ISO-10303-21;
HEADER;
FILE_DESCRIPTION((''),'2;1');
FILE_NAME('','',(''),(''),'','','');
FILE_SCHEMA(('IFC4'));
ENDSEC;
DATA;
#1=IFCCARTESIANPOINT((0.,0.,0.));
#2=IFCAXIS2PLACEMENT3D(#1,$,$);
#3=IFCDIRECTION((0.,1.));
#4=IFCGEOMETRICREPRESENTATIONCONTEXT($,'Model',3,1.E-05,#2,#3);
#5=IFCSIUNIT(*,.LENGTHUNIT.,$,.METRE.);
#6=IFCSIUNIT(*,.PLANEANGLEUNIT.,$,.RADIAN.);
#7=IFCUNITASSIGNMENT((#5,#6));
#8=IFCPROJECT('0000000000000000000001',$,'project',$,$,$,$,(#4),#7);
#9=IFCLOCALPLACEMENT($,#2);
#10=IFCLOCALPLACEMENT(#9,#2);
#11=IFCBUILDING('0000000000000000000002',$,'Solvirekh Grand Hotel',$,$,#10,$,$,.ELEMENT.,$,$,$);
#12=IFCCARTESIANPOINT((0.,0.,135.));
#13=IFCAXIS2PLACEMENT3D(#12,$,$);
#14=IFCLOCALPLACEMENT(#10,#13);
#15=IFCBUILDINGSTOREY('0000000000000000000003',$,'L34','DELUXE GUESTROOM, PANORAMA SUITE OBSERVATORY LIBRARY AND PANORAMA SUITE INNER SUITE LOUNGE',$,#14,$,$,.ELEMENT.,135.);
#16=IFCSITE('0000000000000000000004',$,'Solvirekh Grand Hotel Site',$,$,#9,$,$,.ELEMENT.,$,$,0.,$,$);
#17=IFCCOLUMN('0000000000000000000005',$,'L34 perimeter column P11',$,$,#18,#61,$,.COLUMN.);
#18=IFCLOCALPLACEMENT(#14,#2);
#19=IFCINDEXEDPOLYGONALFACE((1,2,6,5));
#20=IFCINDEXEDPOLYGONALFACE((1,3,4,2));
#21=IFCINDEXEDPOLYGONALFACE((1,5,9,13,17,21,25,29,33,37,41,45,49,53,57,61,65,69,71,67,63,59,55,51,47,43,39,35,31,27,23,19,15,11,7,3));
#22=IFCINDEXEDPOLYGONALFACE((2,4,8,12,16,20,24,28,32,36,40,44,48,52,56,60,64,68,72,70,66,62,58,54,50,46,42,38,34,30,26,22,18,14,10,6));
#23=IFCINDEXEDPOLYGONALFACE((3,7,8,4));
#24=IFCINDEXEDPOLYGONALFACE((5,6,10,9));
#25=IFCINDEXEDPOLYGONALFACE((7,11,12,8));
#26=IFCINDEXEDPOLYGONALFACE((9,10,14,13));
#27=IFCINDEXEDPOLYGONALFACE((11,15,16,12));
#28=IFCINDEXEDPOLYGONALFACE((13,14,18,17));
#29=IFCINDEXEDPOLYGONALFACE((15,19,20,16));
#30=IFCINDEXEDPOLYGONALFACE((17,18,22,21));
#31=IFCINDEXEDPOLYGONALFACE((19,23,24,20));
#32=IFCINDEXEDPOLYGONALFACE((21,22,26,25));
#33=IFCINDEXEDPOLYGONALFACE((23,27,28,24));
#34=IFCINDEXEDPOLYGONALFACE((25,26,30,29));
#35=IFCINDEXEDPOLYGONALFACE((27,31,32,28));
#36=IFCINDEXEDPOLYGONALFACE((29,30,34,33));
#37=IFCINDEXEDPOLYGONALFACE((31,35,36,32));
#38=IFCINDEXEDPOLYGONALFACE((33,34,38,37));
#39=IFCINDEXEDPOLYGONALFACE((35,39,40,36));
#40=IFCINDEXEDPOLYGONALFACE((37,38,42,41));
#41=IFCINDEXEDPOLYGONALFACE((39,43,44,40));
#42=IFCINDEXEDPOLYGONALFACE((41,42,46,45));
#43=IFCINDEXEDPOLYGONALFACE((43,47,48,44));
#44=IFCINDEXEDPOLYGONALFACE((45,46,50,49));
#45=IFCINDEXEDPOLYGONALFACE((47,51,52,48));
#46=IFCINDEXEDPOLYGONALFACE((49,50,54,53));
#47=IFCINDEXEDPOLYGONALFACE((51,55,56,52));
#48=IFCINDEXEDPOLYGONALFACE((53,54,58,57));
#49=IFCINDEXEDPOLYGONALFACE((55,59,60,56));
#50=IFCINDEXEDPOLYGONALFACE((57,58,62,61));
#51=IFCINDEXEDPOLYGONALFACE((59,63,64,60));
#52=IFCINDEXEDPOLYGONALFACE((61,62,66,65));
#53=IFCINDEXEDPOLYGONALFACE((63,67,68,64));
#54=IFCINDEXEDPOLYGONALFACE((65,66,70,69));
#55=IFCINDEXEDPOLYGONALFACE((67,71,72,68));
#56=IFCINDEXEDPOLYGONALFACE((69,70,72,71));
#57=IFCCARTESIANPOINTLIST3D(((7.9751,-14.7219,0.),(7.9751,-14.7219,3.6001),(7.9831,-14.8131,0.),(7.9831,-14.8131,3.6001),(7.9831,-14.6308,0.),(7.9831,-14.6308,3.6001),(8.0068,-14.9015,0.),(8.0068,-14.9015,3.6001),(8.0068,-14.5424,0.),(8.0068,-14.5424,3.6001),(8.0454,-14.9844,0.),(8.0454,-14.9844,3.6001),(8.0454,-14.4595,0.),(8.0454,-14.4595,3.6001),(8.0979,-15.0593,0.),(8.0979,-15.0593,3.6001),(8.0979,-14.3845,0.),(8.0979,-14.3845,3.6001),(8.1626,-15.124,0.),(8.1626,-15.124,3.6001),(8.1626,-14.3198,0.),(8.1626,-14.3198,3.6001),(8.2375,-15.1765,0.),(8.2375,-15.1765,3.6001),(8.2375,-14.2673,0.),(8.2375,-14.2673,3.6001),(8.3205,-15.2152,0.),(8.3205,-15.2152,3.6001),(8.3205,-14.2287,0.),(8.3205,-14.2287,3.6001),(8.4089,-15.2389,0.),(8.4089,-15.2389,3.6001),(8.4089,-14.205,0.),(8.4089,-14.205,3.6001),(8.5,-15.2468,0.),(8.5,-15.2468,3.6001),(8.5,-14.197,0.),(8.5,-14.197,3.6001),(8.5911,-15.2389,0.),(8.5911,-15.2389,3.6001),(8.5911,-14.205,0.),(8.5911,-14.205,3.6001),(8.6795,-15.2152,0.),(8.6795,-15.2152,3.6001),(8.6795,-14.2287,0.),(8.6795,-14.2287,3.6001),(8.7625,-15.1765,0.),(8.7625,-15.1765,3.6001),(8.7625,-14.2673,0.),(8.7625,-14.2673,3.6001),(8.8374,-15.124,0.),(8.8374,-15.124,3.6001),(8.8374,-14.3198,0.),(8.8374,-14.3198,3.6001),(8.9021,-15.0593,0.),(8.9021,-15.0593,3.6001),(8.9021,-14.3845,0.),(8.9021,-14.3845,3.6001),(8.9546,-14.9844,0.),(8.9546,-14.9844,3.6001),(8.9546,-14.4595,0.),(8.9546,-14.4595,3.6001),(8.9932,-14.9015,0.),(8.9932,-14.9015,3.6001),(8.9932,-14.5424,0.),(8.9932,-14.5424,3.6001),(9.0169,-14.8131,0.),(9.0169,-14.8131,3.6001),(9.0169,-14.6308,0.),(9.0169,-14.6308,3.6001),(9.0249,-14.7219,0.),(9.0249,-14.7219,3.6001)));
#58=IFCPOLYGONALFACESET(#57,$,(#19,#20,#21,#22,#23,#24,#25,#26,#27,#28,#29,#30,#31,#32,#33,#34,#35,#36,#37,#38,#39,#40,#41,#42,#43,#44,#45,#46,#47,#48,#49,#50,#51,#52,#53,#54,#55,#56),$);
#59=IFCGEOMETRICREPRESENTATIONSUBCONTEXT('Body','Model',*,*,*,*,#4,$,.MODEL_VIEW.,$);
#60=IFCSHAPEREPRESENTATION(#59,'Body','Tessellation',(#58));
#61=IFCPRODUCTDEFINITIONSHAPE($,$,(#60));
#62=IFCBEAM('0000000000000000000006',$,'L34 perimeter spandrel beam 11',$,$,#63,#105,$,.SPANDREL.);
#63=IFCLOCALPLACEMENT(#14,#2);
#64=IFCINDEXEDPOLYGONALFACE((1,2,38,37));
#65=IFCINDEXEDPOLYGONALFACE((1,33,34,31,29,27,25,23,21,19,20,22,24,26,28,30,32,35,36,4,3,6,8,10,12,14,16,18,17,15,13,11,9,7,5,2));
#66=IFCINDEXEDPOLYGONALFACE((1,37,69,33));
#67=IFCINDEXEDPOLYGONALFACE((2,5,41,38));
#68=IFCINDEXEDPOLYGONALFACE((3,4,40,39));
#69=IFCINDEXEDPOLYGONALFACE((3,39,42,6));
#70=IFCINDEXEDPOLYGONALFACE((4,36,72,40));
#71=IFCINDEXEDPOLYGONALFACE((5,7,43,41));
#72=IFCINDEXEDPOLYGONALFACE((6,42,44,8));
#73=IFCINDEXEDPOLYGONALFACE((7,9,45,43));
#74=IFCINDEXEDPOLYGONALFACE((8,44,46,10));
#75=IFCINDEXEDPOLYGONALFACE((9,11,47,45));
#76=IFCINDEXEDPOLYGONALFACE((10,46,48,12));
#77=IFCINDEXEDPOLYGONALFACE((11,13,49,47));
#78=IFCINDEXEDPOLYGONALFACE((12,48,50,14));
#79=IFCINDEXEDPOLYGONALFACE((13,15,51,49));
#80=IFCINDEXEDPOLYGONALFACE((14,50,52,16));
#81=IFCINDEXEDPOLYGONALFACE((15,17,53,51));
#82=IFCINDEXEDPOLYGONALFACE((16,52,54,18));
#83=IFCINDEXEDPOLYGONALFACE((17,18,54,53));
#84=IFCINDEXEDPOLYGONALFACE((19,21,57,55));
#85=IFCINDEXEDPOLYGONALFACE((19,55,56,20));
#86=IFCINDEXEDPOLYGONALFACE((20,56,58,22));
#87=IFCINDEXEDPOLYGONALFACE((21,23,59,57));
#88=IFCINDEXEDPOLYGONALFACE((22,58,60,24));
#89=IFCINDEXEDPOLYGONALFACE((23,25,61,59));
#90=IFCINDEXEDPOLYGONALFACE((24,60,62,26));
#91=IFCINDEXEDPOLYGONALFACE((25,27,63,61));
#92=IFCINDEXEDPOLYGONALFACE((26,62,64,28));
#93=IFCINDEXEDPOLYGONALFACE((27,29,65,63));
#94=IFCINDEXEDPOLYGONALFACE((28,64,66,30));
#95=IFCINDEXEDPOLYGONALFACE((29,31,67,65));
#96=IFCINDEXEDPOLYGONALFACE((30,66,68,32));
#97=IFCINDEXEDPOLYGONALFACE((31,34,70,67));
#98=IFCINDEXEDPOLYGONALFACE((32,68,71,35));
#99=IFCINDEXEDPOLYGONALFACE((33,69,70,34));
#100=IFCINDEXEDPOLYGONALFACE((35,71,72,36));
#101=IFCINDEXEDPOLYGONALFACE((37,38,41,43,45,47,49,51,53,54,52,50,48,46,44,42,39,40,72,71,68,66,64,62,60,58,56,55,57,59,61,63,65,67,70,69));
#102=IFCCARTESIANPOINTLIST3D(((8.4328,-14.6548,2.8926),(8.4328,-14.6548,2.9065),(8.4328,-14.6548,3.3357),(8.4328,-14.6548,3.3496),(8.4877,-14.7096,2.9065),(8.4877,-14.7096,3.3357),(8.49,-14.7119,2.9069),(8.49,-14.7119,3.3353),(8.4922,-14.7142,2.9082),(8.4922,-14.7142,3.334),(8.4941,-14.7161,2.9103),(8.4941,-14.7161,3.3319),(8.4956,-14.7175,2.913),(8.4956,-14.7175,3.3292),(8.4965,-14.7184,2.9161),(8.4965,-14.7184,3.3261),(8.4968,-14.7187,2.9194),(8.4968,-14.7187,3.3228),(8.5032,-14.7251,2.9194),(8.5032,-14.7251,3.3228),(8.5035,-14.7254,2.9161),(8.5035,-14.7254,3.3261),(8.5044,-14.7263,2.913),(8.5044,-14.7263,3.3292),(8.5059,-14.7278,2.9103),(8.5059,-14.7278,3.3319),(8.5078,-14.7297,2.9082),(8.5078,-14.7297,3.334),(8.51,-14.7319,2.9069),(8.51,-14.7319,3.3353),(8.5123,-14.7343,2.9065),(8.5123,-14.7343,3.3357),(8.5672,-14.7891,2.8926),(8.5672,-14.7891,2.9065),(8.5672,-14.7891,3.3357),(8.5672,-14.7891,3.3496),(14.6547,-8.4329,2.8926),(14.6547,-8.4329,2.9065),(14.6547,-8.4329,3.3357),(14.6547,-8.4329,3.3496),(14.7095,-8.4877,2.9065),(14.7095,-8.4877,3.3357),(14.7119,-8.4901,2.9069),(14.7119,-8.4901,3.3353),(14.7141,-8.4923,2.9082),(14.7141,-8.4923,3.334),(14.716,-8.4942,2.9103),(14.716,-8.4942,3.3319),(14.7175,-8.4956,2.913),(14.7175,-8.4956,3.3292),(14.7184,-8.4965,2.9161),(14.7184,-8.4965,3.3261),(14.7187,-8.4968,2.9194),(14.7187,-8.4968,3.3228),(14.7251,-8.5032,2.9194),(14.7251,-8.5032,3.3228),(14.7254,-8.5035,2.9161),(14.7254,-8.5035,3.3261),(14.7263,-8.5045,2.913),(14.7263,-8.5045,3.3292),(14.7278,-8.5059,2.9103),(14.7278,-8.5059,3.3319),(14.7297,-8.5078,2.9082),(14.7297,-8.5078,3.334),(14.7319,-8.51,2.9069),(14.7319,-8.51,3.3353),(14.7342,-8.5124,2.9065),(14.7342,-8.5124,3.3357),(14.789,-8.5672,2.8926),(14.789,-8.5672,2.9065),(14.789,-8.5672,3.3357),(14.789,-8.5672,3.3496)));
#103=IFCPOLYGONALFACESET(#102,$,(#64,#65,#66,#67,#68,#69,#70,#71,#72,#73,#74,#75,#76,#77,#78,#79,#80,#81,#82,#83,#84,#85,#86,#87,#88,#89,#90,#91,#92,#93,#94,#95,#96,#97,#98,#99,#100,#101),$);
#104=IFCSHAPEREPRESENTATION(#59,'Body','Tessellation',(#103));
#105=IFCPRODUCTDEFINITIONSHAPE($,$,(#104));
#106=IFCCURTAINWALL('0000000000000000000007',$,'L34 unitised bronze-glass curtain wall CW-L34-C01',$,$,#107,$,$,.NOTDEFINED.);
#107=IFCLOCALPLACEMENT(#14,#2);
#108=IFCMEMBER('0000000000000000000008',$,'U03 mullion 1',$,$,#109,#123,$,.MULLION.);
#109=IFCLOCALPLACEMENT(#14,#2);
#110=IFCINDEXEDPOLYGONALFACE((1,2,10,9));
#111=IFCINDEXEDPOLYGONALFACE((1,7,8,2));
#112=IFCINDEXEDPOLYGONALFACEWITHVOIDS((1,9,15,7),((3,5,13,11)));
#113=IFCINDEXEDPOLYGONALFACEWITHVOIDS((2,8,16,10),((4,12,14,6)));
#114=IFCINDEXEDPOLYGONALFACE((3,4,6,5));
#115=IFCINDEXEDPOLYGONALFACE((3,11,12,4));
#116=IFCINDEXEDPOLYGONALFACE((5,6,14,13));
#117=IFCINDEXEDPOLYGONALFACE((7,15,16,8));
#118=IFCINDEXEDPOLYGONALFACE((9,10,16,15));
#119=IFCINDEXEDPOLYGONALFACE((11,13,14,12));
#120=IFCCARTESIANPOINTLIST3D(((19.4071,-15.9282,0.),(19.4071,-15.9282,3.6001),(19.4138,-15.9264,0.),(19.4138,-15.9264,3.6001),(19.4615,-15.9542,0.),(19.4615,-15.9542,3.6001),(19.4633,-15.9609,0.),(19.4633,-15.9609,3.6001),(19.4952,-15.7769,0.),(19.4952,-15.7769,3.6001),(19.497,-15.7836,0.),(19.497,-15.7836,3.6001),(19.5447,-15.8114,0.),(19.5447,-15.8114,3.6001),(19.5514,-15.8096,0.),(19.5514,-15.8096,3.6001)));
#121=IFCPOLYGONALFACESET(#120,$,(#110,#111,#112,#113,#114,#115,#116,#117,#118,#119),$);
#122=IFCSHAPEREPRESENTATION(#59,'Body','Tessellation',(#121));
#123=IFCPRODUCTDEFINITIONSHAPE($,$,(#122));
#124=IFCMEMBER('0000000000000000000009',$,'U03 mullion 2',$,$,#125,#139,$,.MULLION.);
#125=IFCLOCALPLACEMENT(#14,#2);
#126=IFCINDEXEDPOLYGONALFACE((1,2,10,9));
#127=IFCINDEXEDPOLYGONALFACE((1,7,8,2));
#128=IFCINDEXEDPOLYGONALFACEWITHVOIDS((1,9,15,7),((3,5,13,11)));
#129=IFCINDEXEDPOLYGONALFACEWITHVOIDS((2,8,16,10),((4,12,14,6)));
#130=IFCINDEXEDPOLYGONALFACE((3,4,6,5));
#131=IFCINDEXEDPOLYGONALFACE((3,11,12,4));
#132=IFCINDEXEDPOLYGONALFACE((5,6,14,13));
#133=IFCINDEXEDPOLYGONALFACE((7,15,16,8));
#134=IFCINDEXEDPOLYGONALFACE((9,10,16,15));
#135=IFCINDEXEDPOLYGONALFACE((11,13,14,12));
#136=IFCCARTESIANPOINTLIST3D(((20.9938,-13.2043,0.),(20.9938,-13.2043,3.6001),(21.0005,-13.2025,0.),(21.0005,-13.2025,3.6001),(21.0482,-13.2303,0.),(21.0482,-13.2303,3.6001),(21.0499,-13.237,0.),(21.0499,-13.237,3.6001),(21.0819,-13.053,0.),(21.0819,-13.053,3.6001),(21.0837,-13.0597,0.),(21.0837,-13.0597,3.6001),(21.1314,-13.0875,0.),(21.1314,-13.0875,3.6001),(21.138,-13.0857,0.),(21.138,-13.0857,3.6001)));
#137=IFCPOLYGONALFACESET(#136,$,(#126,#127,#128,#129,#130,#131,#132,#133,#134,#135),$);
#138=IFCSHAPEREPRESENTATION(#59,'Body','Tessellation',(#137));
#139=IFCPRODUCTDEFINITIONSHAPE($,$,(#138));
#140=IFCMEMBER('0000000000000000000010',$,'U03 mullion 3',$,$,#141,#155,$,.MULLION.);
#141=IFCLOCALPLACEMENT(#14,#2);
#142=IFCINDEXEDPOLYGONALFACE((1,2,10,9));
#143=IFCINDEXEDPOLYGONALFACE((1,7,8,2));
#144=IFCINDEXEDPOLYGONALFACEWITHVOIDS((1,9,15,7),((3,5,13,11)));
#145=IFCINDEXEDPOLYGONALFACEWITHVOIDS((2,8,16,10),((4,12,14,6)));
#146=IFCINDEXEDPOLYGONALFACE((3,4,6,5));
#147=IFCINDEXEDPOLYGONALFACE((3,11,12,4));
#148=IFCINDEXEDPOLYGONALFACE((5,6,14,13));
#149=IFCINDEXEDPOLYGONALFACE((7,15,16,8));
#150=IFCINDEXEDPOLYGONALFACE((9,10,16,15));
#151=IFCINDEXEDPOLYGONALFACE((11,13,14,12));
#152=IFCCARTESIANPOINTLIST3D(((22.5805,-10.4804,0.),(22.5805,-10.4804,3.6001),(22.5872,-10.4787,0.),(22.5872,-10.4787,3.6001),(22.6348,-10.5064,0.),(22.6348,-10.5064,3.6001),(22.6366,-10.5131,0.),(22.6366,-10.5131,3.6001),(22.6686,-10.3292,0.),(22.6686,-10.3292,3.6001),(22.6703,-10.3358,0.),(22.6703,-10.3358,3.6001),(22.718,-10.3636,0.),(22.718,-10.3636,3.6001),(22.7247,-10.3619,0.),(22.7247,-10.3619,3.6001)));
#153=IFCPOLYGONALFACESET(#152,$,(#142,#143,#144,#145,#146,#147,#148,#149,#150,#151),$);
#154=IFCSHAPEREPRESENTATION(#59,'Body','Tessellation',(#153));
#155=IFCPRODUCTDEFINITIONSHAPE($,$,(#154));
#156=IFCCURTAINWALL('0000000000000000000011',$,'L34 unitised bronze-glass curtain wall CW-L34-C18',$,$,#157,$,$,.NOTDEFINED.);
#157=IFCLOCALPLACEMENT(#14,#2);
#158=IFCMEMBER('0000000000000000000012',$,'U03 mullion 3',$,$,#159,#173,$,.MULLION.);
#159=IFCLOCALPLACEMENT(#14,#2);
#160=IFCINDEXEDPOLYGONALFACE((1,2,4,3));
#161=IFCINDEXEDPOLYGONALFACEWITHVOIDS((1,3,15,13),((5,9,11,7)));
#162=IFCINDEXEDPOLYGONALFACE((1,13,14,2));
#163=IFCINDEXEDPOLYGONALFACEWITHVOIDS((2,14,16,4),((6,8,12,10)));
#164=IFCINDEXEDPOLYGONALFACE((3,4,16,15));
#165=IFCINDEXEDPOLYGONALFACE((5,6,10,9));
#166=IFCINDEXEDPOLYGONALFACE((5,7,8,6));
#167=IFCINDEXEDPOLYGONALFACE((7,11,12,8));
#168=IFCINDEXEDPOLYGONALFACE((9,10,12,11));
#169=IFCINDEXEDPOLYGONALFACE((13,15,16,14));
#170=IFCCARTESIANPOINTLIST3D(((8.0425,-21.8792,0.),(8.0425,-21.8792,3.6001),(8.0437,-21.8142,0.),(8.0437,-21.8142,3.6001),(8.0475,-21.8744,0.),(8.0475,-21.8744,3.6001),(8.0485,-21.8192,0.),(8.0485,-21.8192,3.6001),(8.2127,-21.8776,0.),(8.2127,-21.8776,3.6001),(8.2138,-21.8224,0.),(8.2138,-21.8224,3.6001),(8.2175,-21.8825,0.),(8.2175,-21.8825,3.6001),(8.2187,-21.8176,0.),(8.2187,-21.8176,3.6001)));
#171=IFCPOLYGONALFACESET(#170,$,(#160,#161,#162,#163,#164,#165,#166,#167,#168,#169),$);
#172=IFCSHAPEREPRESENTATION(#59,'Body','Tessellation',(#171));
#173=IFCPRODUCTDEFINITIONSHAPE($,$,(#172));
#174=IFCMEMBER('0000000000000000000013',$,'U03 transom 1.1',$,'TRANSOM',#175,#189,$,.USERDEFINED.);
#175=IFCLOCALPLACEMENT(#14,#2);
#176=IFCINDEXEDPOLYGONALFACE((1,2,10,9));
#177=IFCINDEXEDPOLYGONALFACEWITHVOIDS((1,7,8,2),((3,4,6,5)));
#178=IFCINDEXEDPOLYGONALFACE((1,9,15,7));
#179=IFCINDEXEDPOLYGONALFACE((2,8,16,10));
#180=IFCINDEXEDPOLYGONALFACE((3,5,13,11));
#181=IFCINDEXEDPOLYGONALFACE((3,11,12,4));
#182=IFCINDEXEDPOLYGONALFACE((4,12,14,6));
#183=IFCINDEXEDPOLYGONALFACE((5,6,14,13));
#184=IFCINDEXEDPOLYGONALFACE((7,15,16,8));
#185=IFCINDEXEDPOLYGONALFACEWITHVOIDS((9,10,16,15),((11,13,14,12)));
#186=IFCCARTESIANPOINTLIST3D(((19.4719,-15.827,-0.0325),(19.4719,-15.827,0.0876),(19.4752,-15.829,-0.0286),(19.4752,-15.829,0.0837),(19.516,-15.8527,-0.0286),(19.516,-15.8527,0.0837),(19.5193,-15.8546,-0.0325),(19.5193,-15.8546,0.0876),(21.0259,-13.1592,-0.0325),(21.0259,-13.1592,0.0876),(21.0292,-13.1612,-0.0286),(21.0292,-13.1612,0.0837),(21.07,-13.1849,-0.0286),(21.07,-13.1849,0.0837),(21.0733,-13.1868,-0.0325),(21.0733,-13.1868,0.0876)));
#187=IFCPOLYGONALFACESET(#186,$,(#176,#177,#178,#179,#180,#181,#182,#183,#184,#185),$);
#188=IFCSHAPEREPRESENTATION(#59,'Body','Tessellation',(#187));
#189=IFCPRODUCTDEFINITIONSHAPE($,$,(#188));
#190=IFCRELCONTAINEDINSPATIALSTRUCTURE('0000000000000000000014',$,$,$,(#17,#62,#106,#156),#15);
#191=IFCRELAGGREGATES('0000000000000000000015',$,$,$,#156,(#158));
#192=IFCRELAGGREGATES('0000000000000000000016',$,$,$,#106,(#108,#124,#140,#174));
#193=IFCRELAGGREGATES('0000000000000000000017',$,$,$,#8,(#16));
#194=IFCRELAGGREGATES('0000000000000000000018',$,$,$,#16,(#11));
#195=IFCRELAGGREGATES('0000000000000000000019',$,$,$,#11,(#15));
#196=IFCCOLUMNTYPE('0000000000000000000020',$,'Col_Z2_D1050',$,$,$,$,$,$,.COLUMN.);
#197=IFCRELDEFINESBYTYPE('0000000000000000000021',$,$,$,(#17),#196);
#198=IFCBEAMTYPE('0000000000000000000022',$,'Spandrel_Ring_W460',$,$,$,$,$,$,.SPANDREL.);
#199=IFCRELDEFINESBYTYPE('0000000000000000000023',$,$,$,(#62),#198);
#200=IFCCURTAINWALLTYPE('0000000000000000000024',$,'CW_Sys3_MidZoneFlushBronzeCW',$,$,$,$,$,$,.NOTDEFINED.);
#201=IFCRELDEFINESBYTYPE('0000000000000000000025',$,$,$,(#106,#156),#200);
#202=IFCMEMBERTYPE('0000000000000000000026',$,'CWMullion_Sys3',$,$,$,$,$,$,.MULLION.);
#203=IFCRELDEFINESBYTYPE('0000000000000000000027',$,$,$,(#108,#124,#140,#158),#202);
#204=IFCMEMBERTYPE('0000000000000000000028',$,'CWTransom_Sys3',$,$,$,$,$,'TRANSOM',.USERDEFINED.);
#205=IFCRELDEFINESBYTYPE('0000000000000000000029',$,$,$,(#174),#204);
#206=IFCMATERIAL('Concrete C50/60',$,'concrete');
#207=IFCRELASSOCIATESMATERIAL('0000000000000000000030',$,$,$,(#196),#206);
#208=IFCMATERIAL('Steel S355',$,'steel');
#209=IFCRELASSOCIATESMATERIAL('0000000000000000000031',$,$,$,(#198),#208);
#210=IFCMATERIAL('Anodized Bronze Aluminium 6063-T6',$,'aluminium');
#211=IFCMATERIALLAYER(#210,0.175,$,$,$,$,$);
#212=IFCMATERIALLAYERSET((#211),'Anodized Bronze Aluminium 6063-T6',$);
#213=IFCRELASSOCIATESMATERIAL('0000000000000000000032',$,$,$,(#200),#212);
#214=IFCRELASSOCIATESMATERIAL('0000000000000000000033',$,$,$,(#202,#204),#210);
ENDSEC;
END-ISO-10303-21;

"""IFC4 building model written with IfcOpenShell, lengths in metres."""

from ifc_helpers import new_model, si_unit, direction, frame, origin, origin_2d, place, context, subcontext, project, spatial, hollow_rectangle, circle, i_section, extrude, source, transform, mapped, material, layer, layer_set, material_profile, profile_set, type_object, element, aggregate, save


model = new_model("IFC4")

# Units and contexts
model_context = context("Model", 3, precision=1e-05, world=origin(), true_north=direction((0.0, 1.0)))
body_context = subcontext(model_context, "Body", "Model", "MODEL_VIEW")
ifc_project = project(units=[si_unit("LENGTHUNIT", "METRE"), si_unit("PLANEANGLEUNIT", "RADIAN")], contexts=[model_context])

# Site, building, storey
site_placement = place(None, origin())
site = spatial("IfcSite", under=ifc_project, at=site_placement, Name="Solvirekh Grand Hotel Site", CompositionType="ELEMENT", RefElevation=0.0)
building_placement = place(site_placement, origin())
building = spatial("IfcBuilding", under=site, at=building_placement, Name="Solvirekh Grand Hotel", CompositionType="ELEMENT")
storey_placement = place(building_placement, frame((0.0, 0.0, 135.0)))
storey = spatial("IfcBuildingStorey", under=building, at=storey_placement, Name="L34", Description="DELUXE GUESTROOM, PANORAMA SUITE OBSERVATORY LIBRARY AND PANORAMA SUITE INNER SUITE LOUNGE", CompositionType="ELEMENT", Elevation=135.0)

# Column
ifc_material_1 = material(Name="Concrete C50/60", Category="concrete")
ifc_material_profile_1 = material_profile(ifc_material_1, circle(Radius=0.5249, at=origin_2d()), Name="RC CIRC D1050")
ifc_profile_set_1 = profile_set([ifc_material_profile_1], Name="Concrete C50/60")
column_type = type_object("IfcColumnType", Name="Col_Z2_D1050", PredefinedType="COLUMN", material=ifc_profile_set_1)
column_placement = place(storey_placement, frame((8.5, -14.7219, 0.0), z_axis=(0.0, 0.0, 1.0), x_axis=(1.0, 0.0, 0.0)))
element("IfcColumn", 1, at=column_placement, inside=storey, type_object=column_type, Name="L34 perimeter column P11", PredefinedType="COLUMN", context=body_context, shape_type="SweptSolid", body=[
    extrude(circle(Radius=0.5249, at=origin_2d()), origin(), (0.0, 0.0, 1.0), 3.6001),
])

# Beam
ifc_material_2 = material(Name="Steel S355", Category="steel")
ifc_material_profile_2 = material_profile(ifc_material_2, i_section(OverallWidth=0.1899, OverallDepth=0.457, WebThickness=0.009, FlangeThickness=0.0139, FilletRadius=0.0129, at=origin_2d()), Name="W460X74")
ifc_profile_set_2 = profile_set([ifc_material_profile_2], Name="Steel S355")
beam_type = type_object("IfcBeamType", Name="Spandrel_Ring_W460", PredefinedType="SPANDREL", material=ifc_profile_set_2)
beam_placement = place(storey_placement, frame((8.5, -14.7219, 3.1211), z_axis=(0.707107, 0.707107, 0.0), x_axis=(-0.707107, 0.707107, 0.0)))
element("IfcBeam", 2, at=beam_placement, inside=storey, type_object=beam_type, Name="L34 perimeter spandrel beam 11", PredefinedType="SPANDREL", context=body_context, shape_type="SweptSolid", body=[
    extrude(i_section(OverallWidth=0.1899, OverallDepth=0.457, WebThickness=0.009, FlangeThickness=0.0139, FilletRadius=0.0129, at=origin_2d()), origin(), (0.0, 0.0, 1.0), 8.7991),
])

# Curtain wall, members
ifc_material_3 = material(Name="Anodized Bronze Aluminium 6063-T6", Category="aluminium")
ifc_layer_1 = layer(ifc_material_3, 0.175)
ifc_layer_set_1 = layer_set([ifc_layer_1], Name="Anodized Bronze Aluminium 6063-T6")
curtain_wall_type = type_object("IfcCurtainWallType", Name="CW_Sys3_MidZoneFlushBronzeCW", PredefinedType="NOTDEFINED", material=ifc_layer_set_1)
curtain_wall_1_placement = place(storey_placement, origin())
curtain_wall_1 = element("IfcCurtainWall", 3, at=curtain_wall_1_placement, inside=storey, type_object=curtain_wall_type, Name="L34 unitised bronze-glass curtain wall CW-L34-C01", PredefinedType="NOTDEFINED")
ifc_material_profile_3 = material_profile(ifc_material_3, hollow_rectangle(XDim=0.0649, YDim=0.175, WallThickness=0.0049, at=origin_2d()), Name="ALU RHS 175X65X5")
ifc_profile_set_3 = profile_set([ifc_material_profile_3], Name="Anodized Bronze Aluminium 6063-T6")
member_type_1 = type_object("IfcMemberType", Name="CWMullion_Sys3", PredefinedType="MULLION", material=ifc_profile_set_3)
shared_shape_1 = source(origin(), body_context, "Body", "SweptSolid", [
    extrude(hollow_rectangle(XDim=0.0649, YDim=0.175, WallThickness=0.0049, at=origin_2d()), origin(), (0.0, 0.0, 1.0), 3.6001),
])
member_1_placement = place(storey_placement, frame((19.4792, -15.8689, 0.0), z_axis=(0.0, 0.0, 1.0), x_axis=(-0.864098, 0.503324, 0.0)))
member_1 = element("IfcMember", 4, at=member_1_placement, type_object=member_type_1, Name="U03 mullion 1", PredefinedType="MULLION", context=body_context, shape_type="MappedRepresentation", body=[
    mapped(shared_shape_1, transform((0.0, 0.0, 0.0), x_axis=(1.0, 0.0, 0.0), y_axis=(0.0, 1.0, 0.0), z_axis=(0.0, 0.0, 1.0), scale=1.0)),
])
member_2_placement = place(storey_placement, frame((21.0659, -13.145, 0.0), z_axis=(0.0, 0.0, 1.0), x_axis=(-0.864098, 0.503324, 0.0)))
member_2 = element("IfcMember", 5, at=member_2_placement, type_object=member_type_1, Name="U03 mullion 2", PredefinedType="MULLION", context=body_context, shape_type="MappedRepresentation", body=[
    mapped(shared_shape_1, transform((0.0, 0.0, 0.0), x_axis=(1.0, 0.0, 0.0), y_axis=(0.0, 1.0, 0.0), z_axis=(0.0, 0.0, 1.0), scale=1.0)),
])
member_3_placement = place(storey_placement, frame((22.6526, -10.4211, 0.0), z_axis=(0.0, 0.0, 1.0), x_axis=(-0.864098, 0.503324, 0.0)))
member_3 = element("IfcMember", 6, at=member_3_placement, type_object=member_type_1, Name="U03 mullion 3", PredefinedType="MULLION", context=body_context, shape_type="MappedRepresentation", body=[
    mapped(shared_shape_1, transform((0.0, 0.0, 0.0), x_axis=(1.0, 0.0, 0.0), y_axis=(0.0, 1.0, 0.0), z_axis=(0.0, 0.0, 1.0), scale=1.0)),
])

# Curtain wall, member
curtain_wall_2_placement = place(storey_placement, origin())
curtain_wall_2 = element("IfcCurtainWall", 7, at=curtain_wall_2_placement, inside=storey, type_object=curtain_wall_type, Name="L34 unitised bronze-glass curtain wall CW-L34-C18", PredefinedType="NOTDEFINED")
member_4_placement = place(storey_placement, frame((8.1306, -21.8484, 0.0), z_axis=(0.0, 0.0, 1.0), x_axis=(0.019172, 0.999816, 0.0)))
member_4 = element("IfcMember", 8, at=member_4_placement, type_object=member_type_1, Name="U03 mullion 3", PredefinedType="MULLION", context=body_context, shape_type="MappedRepresentation", body=[
    mapped(shared_shape_1, transform((0.0, 0.0, 0.0), x_axis=(1.0, 0.0, 0.0), y_axis=(0.0, 1.0, 0.0), z_axis=(0.0, 0.0, 1.0), scale=1.0)),
])
aggregate(curtain_wall_2, [member_4])

# Member
ifc_material_profile_4 = material_profile(ifc_material_3, hollow_rectangle(XDim=0.0549, YDim=0.1201, WallThickness=0.0039, at=origin_2d()), Name="ALU RHS 120X55X4")
ifc_profile_set_4 = profile_set([ifc_material_profile_4], Name="Anodized Bronze Aluminium 6063-T6")
member_type_2 = type_object("IfcMemberType", Name="CWTransom_Sys3", ElementType="TRANSOM", PredefinedType="USERDEFINED", material=ifc_profile_set_4)
shared_shape_2 = source(origin(), body_context, "Body", "SweptSolid", [
    extrude(hollow_rectangle(XDim=0.0549, YDim=0.1201, WallThickness=0.0039, at=origin_2d()), origin(), (0.0, 0.0, 1.0), 3.0874),
])
member_5_placement = place(storey_placement, frame((19.4956, -15.8408, 0.0276), z_axis=(0.503335, 0.864091, 0.0), x_axis=(-0.864091, 0.503335, 0.0)))
member_5 = element("IfcMember", 9, at=member_5_placement, type_object=member_type_2, Name="U03 transom 1.1", ObjectType="TRANSOM", PredefinedType="USERDEFINED", context=body_context, shape_type="MappedRepresentation", body=[
    mapped(shared_shape_2, transform((0.0, 0.0, 0.0), x_axis=(1.0, 0.0, 0.0), y_axis=(0.0, 1.0, 0.0), z_axis=(0.0, 0.0, 1.0), scale=1.0)),
])

aggregate(curtain_wall_1, [member_1, member_2, member_3, member_5])

save(model, "model.ifc")
